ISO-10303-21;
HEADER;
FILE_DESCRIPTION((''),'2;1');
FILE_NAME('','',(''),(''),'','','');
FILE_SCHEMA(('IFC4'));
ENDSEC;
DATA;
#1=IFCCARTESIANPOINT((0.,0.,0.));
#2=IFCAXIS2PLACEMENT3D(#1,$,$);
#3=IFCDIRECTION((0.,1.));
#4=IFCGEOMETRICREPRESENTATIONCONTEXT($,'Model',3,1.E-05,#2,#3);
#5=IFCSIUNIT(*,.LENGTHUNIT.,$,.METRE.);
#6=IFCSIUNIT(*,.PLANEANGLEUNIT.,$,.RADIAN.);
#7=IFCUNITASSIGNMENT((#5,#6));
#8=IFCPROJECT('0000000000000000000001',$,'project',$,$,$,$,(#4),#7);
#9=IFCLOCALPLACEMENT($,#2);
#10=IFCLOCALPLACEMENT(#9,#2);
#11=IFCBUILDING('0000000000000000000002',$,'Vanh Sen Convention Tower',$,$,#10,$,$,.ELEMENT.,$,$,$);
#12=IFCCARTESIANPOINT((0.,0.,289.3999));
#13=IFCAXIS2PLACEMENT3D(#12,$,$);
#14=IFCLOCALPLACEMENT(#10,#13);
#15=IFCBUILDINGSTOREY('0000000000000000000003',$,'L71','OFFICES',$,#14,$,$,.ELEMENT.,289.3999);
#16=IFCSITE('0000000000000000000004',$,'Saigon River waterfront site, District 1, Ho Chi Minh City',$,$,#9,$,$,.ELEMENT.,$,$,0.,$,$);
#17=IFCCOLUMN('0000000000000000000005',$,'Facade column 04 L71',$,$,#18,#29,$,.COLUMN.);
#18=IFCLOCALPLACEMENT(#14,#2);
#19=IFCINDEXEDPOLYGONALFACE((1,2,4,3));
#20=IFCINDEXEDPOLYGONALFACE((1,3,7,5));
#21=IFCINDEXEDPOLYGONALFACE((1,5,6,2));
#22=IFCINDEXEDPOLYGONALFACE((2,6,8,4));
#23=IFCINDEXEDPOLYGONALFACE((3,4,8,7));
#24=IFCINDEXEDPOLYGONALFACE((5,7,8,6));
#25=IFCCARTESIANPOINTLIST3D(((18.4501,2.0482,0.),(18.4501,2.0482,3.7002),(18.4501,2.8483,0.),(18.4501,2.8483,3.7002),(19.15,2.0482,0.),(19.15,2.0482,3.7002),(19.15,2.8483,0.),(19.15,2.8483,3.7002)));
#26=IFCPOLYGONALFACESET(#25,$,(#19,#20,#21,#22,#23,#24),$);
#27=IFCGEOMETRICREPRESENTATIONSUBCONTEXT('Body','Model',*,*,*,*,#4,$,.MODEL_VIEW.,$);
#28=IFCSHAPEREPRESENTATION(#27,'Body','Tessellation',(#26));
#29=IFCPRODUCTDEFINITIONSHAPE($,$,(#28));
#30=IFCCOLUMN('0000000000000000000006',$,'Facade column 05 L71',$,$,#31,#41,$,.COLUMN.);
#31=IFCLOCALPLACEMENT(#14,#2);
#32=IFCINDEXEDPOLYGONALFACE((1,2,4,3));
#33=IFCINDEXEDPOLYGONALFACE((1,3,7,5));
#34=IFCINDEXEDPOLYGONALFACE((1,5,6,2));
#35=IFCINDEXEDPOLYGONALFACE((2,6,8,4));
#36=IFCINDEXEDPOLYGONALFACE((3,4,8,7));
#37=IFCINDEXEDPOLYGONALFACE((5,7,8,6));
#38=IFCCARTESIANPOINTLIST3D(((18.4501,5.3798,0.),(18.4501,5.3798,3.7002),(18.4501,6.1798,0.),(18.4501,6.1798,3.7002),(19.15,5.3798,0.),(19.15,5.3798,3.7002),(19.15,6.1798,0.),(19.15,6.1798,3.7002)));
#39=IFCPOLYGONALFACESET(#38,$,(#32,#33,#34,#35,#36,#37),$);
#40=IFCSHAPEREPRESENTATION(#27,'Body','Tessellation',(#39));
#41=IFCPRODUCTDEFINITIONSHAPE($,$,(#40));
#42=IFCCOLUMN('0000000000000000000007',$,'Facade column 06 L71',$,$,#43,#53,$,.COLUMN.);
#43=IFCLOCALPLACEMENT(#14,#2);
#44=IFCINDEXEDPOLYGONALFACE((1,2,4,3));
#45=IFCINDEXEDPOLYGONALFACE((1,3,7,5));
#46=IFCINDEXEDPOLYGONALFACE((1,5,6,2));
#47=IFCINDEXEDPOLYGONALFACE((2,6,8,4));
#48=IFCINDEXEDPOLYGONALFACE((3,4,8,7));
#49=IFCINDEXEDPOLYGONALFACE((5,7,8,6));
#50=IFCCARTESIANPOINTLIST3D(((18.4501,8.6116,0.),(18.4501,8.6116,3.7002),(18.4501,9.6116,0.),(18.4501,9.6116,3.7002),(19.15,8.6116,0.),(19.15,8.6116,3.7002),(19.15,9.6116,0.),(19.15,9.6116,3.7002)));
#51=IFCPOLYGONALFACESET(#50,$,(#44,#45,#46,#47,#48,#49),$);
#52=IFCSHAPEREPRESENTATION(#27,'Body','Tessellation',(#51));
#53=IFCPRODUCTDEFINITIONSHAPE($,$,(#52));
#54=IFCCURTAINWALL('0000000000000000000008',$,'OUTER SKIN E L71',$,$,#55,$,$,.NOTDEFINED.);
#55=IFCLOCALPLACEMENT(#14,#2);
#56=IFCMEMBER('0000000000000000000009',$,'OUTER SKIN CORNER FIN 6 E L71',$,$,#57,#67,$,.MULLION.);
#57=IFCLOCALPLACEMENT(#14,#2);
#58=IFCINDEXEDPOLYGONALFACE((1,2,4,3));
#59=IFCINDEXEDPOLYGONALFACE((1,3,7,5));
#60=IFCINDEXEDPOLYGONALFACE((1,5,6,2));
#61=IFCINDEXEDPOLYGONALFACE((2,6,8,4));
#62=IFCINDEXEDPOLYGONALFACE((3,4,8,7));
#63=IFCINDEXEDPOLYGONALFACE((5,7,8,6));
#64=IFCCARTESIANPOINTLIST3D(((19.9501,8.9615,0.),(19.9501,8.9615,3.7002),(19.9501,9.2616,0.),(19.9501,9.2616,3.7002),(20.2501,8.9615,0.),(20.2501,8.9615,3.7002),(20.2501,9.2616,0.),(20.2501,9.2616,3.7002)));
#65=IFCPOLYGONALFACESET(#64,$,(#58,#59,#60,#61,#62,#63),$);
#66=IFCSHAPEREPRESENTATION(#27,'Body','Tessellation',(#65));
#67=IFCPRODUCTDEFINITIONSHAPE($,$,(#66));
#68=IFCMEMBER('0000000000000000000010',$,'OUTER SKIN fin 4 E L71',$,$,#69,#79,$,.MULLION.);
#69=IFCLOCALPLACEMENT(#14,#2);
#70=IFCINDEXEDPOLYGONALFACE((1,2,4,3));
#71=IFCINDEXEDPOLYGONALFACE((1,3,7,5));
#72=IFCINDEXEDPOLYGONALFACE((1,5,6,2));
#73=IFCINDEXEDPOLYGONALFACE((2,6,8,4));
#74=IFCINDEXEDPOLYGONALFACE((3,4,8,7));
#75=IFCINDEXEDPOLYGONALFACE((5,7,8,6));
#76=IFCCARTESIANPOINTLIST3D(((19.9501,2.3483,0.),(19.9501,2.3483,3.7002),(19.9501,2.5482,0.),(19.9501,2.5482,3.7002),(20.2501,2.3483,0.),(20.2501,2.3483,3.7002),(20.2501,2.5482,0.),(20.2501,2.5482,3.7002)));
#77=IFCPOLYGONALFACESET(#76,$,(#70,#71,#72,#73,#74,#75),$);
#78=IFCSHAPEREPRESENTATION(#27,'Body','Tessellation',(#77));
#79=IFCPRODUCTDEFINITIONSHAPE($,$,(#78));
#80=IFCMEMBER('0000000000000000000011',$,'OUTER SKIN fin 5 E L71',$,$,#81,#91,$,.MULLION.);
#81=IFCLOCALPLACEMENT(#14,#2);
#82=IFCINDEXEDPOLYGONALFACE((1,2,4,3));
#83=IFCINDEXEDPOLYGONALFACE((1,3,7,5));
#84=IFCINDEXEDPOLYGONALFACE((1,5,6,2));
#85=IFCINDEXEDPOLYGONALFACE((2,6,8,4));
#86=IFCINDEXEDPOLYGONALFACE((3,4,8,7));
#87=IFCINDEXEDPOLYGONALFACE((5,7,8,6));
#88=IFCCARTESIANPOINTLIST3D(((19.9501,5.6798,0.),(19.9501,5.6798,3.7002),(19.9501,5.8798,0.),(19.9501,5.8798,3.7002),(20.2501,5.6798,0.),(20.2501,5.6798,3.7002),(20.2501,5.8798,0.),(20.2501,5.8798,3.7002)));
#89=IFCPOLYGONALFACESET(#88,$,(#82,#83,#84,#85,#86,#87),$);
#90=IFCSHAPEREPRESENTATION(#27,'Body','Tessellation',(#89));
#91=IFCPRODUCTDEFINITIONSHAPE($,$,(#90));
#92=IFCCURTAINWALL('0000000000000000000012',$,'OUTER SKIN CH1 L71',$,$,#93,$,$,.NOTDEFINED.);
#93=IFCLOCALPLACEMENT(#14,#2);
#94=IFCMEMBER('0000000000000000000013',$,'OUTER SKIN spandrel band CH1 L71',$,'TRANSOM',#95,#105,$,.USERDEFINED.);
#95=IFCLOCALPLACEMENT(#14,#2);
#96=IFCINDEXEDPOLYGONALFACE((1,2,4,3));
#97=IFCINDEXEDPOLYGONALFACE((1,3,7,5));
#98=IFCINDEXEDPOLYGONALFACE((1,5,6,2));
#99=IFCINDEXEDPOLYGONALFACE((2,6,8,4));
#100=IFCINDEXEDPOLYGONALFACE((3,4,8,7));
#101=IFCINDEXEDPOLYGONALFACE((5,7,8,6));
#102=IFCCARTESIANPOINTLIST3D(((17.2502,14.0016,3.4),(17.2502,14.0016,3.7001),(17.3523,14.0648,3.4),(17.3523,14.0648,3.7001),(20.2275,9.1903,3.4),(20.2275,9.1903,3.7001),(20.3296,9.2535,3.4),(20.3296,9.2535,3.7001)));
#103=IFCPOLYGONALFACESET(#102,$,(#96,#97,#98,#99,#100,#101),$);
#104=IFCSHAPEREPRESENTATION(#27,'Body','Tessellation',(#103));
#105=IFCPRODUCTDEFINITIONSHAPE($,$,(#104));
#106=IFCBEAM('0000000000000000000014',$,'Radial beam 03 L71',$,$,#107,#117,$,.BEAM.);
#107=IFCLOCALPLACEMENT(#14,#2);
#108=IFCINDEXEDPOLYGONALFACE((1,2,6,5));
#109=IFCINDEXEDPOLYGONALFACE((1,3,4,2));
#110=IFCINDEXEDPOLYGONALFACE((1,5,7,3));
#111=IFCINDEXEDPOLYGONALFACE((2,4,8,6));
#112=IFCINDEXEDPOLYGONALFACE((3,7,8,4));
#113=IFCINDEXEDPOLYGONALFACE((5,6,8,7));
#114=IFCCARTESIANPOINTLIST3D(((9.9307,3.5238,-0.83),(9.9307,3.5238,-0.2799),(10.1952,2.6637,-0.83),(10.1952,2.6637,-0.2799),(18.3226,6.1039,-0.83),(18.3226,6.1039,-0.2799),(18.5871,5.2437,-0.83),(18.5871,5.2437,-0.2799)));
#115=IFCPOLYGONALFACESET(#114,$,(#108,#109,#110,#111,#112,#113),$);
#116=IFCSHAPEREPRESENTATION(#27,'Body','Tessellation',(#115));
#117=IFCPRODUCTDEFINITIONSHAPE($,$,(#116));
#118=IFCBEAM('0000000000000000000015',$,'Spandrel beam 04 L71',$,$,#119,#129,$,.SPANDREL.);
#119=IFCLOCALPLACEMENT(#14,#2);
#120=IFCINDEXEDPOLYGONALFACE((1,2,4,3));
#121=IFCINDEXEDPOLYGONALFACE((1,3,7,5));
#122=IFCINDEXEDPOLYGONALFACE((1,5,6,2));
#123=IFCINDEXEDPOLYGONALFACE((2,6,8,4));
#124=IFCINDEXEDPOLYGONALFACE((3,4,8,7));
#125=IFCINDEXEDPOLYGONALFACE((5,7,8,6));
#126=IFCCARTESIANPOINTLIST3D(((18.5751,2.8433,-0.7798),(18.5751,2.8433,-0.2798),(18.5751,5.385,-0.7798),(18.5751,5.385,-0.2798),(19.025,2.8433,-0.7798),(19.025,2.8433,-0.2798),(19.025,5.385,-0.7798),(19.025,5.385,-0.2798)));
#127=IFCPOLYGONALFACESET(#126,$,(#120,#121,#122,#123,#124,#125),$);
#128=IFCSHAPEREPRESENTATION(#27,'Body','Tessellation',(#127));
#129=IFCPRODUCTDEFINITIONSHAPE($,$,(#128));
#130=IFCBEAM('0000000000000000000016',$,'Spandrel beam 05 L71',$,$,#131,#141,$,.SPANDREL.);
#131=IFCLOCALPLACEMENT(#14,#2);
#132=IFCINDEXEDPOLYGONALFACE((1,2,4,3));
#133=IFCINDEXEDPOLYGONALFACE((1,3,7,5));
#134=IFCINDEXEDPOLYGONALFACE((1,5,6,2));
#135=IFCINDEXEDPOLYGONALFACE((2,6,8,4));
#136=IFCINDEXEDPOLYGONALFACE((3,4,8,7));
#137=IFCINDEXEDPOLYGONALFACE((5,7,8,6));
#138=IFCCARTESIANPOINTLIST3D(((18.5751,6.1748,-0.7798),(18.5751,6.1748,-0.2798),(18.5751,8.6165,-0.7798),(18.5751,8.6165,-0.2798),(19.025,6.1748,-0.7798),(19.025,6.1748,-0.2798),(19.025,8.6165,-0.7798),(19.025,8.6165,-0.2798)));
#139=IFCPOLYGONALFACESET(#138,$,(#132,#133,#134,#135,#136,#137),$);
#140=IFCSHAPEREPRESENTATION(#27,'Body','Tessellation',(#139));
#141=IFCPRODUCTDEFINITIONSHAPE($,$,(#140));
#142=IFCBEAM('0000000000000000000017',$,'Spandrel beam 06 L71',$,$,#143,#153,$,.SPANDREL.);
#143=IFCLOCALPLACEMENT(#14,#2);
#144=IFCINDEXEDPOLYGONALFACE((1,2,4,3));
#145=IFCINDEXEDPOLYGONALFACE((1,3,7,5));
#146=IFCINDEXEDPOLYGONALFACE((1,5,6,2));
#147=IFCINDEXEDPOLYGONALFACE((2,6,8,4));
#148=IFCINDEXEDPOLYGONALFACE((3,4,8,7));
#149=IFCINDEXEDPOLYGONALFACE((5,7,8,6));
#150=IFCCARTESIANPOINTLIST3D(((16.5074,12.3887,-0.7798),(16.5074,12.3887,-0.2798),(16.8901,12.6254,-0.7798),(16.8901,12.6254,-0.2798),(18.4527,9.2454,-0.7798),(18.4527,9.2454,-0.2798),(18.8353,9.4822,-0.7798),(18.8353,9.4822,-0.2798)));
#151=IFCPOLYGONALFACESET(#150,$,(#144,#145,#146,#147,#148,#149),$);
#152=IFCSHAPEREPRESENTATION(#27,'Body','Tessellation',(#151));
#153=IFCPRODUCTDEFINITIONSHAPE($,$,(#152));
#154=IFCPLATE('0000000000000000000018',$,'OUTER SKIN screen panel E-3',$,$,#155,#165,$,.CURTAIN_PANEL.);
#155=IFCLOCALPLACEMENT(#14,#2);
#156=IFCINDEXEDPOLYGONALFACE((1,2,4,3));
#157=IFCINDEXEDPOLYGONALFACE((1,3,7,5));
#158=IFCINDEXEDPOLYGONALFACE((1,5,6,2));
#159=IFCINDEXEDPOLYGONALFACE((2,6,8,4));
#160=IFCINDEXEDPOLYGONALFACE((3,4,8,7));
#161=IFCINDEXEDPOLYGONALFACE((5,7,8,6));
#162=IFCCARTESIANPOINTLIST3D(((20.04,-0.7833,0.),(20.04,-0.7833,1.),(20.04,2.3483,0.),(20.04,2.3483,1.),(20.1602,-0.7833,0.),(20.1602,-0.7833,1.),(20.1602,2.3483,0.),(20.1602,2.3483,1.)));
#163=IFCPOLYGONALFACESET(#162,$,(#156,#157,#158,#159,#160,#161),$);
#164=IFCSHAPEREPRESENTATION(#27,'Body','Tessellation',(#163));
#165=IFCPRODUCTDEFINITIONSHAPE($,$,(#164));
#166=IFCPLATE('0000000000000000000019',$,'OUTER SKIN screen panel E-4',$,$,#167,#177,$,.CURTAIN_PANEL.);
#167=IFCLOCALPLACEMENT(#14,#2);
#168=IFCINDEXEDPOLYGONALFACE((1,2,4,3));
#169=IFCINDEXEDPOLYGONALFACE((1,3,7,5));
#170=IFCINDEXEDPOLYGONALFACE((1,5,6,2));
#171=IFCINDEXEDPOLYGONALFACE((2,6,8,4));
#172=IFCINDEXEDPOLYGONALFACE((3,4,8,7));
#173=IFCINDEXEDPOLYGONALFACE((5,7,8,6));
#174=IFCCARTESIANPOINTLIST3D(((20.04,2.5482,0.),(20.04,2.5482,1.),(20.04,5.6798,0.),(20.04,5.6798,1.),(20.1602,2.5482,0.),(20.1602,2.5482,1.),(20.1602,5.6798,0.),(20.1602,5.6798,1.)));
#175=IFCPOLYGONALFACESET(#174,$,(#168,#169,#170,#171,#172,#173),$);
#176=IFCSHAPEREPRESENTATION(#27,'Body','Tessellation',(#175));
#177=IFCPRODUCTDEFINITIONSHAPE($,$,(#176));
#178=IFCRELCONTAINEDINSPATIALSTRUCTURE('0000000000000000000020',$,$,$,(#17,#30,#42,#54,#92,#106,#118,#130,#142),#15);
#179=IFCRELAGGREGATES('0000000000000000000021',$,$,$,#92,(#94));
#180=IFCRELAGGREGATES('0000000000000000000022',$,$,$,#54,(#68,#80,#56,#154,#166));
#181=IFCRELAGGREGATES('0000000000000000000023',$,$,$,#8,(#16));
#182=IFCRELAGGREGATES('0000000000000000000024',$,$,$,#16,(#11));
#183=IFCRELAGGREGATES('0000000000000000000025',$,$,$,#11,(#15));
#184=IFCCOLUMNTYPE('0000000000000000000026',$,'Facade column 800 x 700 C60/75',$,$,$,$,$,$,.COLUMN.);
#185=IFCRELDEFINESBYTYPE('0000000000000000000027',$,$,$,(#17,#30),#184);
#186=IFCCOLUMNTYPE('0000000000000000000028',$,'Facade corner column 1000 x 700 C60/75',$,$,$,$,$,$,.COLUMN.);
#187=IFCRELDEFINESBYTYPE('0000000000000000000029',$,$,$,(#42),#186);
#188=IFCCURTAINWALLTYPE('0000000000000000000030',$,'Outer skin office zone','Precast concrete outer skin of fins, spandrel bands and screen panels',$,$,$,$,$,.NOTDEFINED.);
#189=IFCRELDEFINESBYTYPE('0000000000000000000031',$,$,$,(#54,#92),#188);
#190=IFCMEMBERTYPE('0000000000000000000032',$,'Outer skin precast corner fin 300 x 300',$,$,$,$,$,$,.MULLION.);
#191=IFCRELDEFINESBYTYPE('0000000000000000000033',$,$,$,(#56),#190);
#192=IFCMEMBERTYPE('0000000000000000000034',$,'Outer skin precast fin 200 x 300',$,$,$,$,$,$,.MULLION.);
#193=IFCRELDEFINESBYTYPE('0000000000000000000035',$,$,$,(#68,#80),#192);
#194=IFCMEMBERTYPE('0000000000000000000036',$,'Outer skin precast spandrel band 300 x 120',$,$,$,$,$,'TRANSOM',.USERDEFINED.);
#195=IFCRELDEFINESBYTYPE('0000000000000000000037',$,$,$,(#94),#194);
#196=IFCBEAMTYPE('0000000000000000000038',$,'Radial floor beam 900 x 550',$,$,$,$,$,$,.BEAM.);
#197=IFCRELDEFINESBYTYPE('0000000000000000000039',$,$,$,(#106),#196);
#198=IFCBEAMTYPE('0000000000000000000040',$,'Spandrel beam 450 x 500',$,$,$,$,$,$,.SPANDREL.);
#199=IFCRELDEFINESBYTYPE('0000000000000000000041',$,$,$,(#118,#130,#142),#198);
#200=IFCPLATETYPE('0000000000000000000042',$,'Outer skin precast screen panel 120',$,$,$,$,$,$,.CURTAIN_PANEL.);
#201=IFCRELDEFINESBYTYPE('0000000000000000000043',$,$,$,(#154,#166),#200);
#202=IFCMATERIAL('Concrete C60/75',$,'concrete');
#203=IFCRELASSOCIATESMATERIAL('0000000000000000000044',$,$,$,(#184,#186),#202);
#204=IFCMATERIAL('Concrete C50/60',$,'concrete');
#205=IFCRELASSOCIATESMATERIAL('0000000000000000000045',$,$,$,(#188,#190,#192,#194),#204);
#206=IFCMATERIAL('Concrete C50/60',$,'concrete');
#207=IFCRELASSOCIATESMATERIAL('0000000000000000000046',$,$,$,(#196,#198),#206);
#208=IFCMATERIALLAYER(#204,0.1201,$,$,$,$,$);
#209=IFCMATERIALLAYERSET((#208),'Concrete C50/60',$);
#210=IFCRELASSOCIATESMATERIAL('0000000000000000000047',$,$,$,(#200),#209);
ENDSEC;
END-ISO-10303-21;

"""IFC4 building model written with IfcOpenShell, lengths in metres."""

from ifc_helpers import new_model, si_unit, direction, frame, origin, origin_2d, place, context, subcontext, project, spatial, rectangle, extrude, material, layer, layer_set, material_profile, profile_set, type_object, element, aggregate, save


model = new_model("IFC4")

# Units and contexts
model_context = context("Model", 3, precision=1e-05, world=origin(), true_north=direction((0.0, 1.0)))
body_context = subcontext(model_context, "Body", "Model", "MODEL_VIEW")
ifc_project = project(units=[si_unit("LENGTHUNIT", "METRE"), si_unit("PLANEANGLEUNIT", "RADIAN")], contexts=[model_context])

# Site, building, storey
site_placement = place(None, origin())
site = spatial("IfcSite", under=ifc_project, at=site_placement, Name="Saigon River waterfront site, District 1, Ho Chi Minh City", CompositionType="ELEMENT", RefElevation=0.0)
building_placement = place(site_placement, origin())
building = spatial("IfcBuilding", under=site, at=building_placement, Name="Vanh Sen Convention Tower", CompositionType="ELEMENT")
storey_placement = place(building_placement, frame((0.0, 0.0, 289.3999)))
storey = spatial("IfcBuildingStorey", under=building, at=storey_placement, Name="L71", Description="OFFICES", CompositionType="ELEMENT", Elevation=289.3999)

# Columns
ifc_material_1 = material(Name="Concrete C60/75", Category="concrete")
ifc_material_profile_1 = material_profile(ifc_material_1, rectangle(XDim=0.8, YDim=0.7, at=origin_2d()), Name="RC 800X700")
ifc_profile_set_1 = profile_set([ifc_material_profile_1], Name="Concrete C60/75")
column_type_1 = type_object("IfcColumnType", Name="Facade column 800 x 700 C60/75", PredefinedType="COLUMN", material=ifc_profile_set_1)
for number, where, z_axis, x_axis, name in (
    (1, (18.8, 2.4482, 0.0), (0.0, 0.0, 1.0), (0.0, 1.0, 0.0), "Facade column 04 L71"),
    (2, (18.8, 5.7798, 0.0), (0.0, 0.0, 1.0), (0.0, 1.0, 0.0), "Facade column 05 L71"),
):
    element("IfcColumn", number, at=place(storey_placement, frame(where, z_axis=z_axis, x_axis=x_axis)), inside=storey, type_object=column_type_1, Name=name, PredefinedType="COLUMN", context=body_context, shape_type="SweptSolid", body=[
        extrude(rectangle(XDim=0.8, YDim=0.7, at=origin_2d()), origin(), (0.0, 0.0, 1.0), 3.7002),
    ])
ifc_material_profile_2 = material_profile(ifc_material_1, rectangle(XDim=1.0, YDim=0.7, at=origin_2d()), Name="RC 1000X700")
ifc_profile_set_2 = profile_set([ifc_material_profile_2], Name="Concrete C60/75")
column_type_2 = type_object("IfcColumnType", Name="Facade corner column 1000 x 700 C60/75", PredefinedType="COLUMN", material=ifc_profile_set_2)
column_placement = place(storey_placement, frame((18.8, 9.1116, 0.0), z_axis=(0.0, 0.0, 1.0), x_axis=(0.0, 1.0, 0.0)))
element("IfcColumn", 3, at=column_placement, inside=storey, type_object=column_type_2, Name="Facade column 06 L71", PredefinedType="COLUMN", context=body_context, shape_type="SweptSolid", body=[
    extrude(rectangle(XDim=1.0, YDim=0.7, at=origin_2d()), origin(), (0.0, 0.0, 1.0), 3.7002),
])

# Curtain wall, members
ifc_material_2 = material(Name="Concrete C50/60", Category="concrete")
curtain_wall_type = type_object("IfcCurtainWallType", Name="Outer skin office zone", Description="Precast concrete outer skin of fins, spandrel bands and screen panels", PredefinedType="NOTDEFINED", material=ifc_material_2)
curtain_wall_1_placement = place(storey_placement, origin())
curtain_wall_1 = element("IfcCurtainWall", 4, at=curtain_wall_1_placement, inside=storey, type_object=curtain_wall_type, Name="OUTER SKIN E L71", PredefinedType="NOTDEFINED")
ifc_material_profile_3 = material_profile(ifc_material_2, rectangle(XDim=0.3, YDim=0.3, at=origin_2d()), Name="Outer skin precast corner fin 300 x 300")
ifc_profile_set_3 = profile_set([ifc_material_profile_3], Name="Concrete C50/60")
member_type_1 = type_object("IfcMemberType", Name="Outer skin precast corner fin 300 x 300", PredefinedType="MULLION", material=ifc_profile_set_3)
member_1_placement = place(storey_placement, frame((20.1001, 9.1116, 0.0), z_axis=(0.0, 0.0, 1.0), x_axis=(0.0, 1.0, 0.0)))
member_1 = element("IfcMember", 5, at=member_1_placement, type_object=member_type_1, Name="OUTER SKIN CORNER FIN 6 E L71", PredefinedType="MULLION", context=body_context, shape_type="SweptSolid", body=[
    extrude(rectangle(XDim=0.3, YDim=0.3, at=origin_2d()), origin(), (0.0, 0.0, 1.0), 3.7002),
])
ifc_material_profile_4 = material_profile(ifc_material_2, rectangle(XDim=0.2, YDim=0.3, at=origin_2d()), Name="Outer skin precast fin 200 x 300")
ifc_profile_set_4 = profile_set([ifc_material_profile_4], Name="Concrete C50/60")
member_type_2 = type_object("IfcMemberType", Name="Outer skin precast fin 200 x 300", PredefinedType="MULLION", material=ifc_profile_set_4)
member_2_placement = place(storey_placement, frame((20.1001, 2.4482, 0.0), z_axis=(0.0, 0.0, 1.0), x_axis=(0.0, 1.0, 0.0)))
member_2 = element("IfcMember", 6, at=member_2_placement, type_object=member_type_2, Name="OUTER SKIN fin 4 E L71", PredefinedType="MULLION", context=body_context, shape_type="SweptSolid", body=[
    extrude(rectangle(XDim=0.2, YDim=0.3, at=origin_2d()), origin(), (0.0, 0.0, 1.0), 3.7002),
])
member_3_placement = place(storey_placement, frame((20.1001, 5.7798, 0.0), z_axis=(0.0, 0.0, 1.0), x_axis=(0.0, 1.0, 0.0)))
member_3 = element("IfcMember", 7, at=member_3_placement, type_object=member_type_2, Name="OUTER SKIN fin 5 E L71", PredefinedType="MULLION", context=body_context, shape_type="SweptSolid", body=[
    extrude(rectangle(XDim=0.2, YDim=0.3, at=origin_2d()), origin(), (0.0, 0.0, 1.0), 3.7002),
])

# Curtain wall, member
curtain_wall_2_placement = place(storey_placement, origin())
curtain_wall_2 = element("IfcCurtainWall", 8, at=curtain_wall_2_placement, inside=storey, type_object=curtain_wall_type, Name="OUTER SKIN CH1 L71", PredefinedType="NOTDEFINED")
ifc_material_profile_5 = material_profile(ifc_material_2, rectangle(XDim=0.1201, YDim=0.3, at=origin_2d()), Name="Outer skin precast spandrel band 300 x 120")
ifc_profile_set_5 = profile_set([ifc_material_profile_5], Name="Concrete C50/60")
member_type_3 = type_object("IfcMemberType", Name="Outer skin precast spandrel band 300 x 120", ElementType="TRANSOM", PredefinedType="USERDEFINED", material=ifc_profile_set_5)
member_4_placement = place(storey_placement, frame((20.2786, 9.2219, 3.55), z_axis=(-0.526212, 0.850353, 0.0), x_axis=(-0.850353, -0.526212, 0.0)))
member_4 = element("IfcMember", 9, at=member_4_placement, type_object=member_type_3, Name="OUTER SKIN spandrel band CH1 L71", ObjectType="TRANSOM", PredefinedType="USERDEFINED", context=body_context, shape_type="SweptSolid", body=[
    extrude(rectangle(XDim=0.1201, YDim=0.3, at=origin_2d()), origin(), (0.0, 0.0, 1.0), 5.658),
])
aggregate(curtain_wall_2, [member_4])

# Beams
ifc_material_3 = material(Name="Concrete C50/60", Category="concrete")
ifc_material_profile_6 = material_profile(ifc_material_3, rectangle(XDim=0.8999, YDim=0.55, at=origin_2d()), Name="RC 900X550")
ifc_profile_set_6 = profile_set([ifc_material_profile_6], Name="Concrete C50/60")
beam_type_1 = type_object("IfcBeamType", Name="Radial floor beam 900 x 550", PredefinedType="BEAM", material=ifc_profile_set_6)
beam_1_placement = place(storey_placement, frame((18.4548, 5.6738, -0.5549), z_axis=(-0.955844, -0.293875, 0.0), x_axis=(0.293875, -0.955844, 0.0)))
element("IfcBeam", 10, at=beam_1_placement, inside=storey, type_object=beam_type_1, Name="Radial beam 03 L71", PredefinedType="BEAM", context=body_context, shape_type="SweptSolid", body=[
    extrude(rectangle(XDim=0.8999, YDim=0.55, at=origin_2d()), origin(), (0.0, 0.0, 1.0), 8.7795),
])
ifc_material_profile_7 = material_profile(ifc_material_3, rectangle(XDim=0.45, YDim=0.5, at=origin_2d()), Name="RC 450X500")
ifc_profile_set_7 = profile_set([ifc_material_profile_7], Name="Concrete C50/60")
beam_type_2 = type_object("IfcBeamType", Name="Spandrel beam 450 x 500", PredefinedType="SPANDREL", material=ifc_profile_set_7)
beam_2_placement = place(storey_placement, frame((18.8, 2.8433, -0.5298), z_axis=(0.0, 1.0, 0.0), x_axis=(-1.0, 0.0, 0.0)))
element("IfcBeam", 11, at=beam_2_placement, inside=storey, type_object=beam_type_2, Name="Spandrel beam 04 L71", PredefinedType="SPANDREL", context=body_context, shape_type="SweptSolid", body=[
    extrude(rectangle(XDim=0.45, YDim=0.5, at=origin_2d()), origin(), (0.0, 0.0, 1.0), 2.5417),
])
beam_3_placement = place(storey_placement, frame((18.8, 6.1748, -0.5298), z_axis=(0.0, 1.0, 0.0), x_axis=(-1.0, 0.0, 0.0)))
element("IfcBeam", 12, at=beam_3_placement, inside=storey, type_object=beam_type_2, Name="Spandrel beam 05 L71", PredefinedType="SPANDREL", context=body_context, shape_type="SweptSolid", body=[
    extrude(rectangle(XDim=0.45, YDim=0.5, at=origin_2d()), origin(), (0.0, 0.0, 1.0), 2.4417),
])
beam_4_placement = place(storey_placement, frame((18.644, 9.3638, -0.5298), z_axis=(-0.526248, 0.850331, 0.0), x_axis=(-0.850331, -0.526248, 0.0)))
element("IfcBeam", 13, at=beam_4_placement, inside=storey, type_object=beam_type_2, Name="Spandrel beam 06 L71", PredefinedType="SPANDREL", context=body_context, shape_type="SweptSolid", body=[
    extrude(rectangle(XDim=0.45, YDim=0.5, at=origin_2d()), origin(), (0.0, 0.0, 1.0), 3.6965),
])

# Plates
ifc_layer_1 = layer(ifc_material_2, 0.1201)
ifc_layer_set_1 = layer_set([ifc_layer_1], Name="Concrete C50/60")
plate_type = type_object("IfcPlateType", Name="Outer skin precast screen panel 120", PredefinedType="CURTAIN_PANEL", material=ifc_layer_set_1)
plate_1_placement = place(storey_placement, frame((20.1001, 0.7825, 0.0), z_axis=(0.0, 0.0, 1.0), x_axis=(0.0, 1.0, 0.0)))
plate_1 = element("IfcPlate", 14, at=plate_1_placement, type_object=plate_type, Name="OUTER SKIN screen panel E-3", PredefinedType="CURTAIN_PANEL", context=body_context, shape_type="SweptSolid", body=[
    extrude(rectangle(XDim=3.1316, YDim=0.1201, at=origin_2d()), origin(), (0.0, 0.0, 1.0), 1.0),
])
plate_2_placement = place(storey_placement, frame((20.1001, 4.114, 0.0), z_axis=(0.0, 0.0, 1.0), x_axis=(0.0, 1.0, 0.0)))
plate_2 = element("IfcPlate", 15, at=plate_2_placement, type_object=plate_type, Name="OUTER SKIN screen panel E-4", PredefinedType="CURTAIN_PANEL", context=body_context, shape_type="SweptSolid", body=[
    extrude(rectangle(XDim=3.1316, YDim=0.1201, at=origin_2d()), origin(), (0.0, 0.0, 1.0), 1.0),
])
aggregate(curtain_wall_1, [member_2, member_3, member_1, plate_1, plate_2])

save(model, "model.ifc")
